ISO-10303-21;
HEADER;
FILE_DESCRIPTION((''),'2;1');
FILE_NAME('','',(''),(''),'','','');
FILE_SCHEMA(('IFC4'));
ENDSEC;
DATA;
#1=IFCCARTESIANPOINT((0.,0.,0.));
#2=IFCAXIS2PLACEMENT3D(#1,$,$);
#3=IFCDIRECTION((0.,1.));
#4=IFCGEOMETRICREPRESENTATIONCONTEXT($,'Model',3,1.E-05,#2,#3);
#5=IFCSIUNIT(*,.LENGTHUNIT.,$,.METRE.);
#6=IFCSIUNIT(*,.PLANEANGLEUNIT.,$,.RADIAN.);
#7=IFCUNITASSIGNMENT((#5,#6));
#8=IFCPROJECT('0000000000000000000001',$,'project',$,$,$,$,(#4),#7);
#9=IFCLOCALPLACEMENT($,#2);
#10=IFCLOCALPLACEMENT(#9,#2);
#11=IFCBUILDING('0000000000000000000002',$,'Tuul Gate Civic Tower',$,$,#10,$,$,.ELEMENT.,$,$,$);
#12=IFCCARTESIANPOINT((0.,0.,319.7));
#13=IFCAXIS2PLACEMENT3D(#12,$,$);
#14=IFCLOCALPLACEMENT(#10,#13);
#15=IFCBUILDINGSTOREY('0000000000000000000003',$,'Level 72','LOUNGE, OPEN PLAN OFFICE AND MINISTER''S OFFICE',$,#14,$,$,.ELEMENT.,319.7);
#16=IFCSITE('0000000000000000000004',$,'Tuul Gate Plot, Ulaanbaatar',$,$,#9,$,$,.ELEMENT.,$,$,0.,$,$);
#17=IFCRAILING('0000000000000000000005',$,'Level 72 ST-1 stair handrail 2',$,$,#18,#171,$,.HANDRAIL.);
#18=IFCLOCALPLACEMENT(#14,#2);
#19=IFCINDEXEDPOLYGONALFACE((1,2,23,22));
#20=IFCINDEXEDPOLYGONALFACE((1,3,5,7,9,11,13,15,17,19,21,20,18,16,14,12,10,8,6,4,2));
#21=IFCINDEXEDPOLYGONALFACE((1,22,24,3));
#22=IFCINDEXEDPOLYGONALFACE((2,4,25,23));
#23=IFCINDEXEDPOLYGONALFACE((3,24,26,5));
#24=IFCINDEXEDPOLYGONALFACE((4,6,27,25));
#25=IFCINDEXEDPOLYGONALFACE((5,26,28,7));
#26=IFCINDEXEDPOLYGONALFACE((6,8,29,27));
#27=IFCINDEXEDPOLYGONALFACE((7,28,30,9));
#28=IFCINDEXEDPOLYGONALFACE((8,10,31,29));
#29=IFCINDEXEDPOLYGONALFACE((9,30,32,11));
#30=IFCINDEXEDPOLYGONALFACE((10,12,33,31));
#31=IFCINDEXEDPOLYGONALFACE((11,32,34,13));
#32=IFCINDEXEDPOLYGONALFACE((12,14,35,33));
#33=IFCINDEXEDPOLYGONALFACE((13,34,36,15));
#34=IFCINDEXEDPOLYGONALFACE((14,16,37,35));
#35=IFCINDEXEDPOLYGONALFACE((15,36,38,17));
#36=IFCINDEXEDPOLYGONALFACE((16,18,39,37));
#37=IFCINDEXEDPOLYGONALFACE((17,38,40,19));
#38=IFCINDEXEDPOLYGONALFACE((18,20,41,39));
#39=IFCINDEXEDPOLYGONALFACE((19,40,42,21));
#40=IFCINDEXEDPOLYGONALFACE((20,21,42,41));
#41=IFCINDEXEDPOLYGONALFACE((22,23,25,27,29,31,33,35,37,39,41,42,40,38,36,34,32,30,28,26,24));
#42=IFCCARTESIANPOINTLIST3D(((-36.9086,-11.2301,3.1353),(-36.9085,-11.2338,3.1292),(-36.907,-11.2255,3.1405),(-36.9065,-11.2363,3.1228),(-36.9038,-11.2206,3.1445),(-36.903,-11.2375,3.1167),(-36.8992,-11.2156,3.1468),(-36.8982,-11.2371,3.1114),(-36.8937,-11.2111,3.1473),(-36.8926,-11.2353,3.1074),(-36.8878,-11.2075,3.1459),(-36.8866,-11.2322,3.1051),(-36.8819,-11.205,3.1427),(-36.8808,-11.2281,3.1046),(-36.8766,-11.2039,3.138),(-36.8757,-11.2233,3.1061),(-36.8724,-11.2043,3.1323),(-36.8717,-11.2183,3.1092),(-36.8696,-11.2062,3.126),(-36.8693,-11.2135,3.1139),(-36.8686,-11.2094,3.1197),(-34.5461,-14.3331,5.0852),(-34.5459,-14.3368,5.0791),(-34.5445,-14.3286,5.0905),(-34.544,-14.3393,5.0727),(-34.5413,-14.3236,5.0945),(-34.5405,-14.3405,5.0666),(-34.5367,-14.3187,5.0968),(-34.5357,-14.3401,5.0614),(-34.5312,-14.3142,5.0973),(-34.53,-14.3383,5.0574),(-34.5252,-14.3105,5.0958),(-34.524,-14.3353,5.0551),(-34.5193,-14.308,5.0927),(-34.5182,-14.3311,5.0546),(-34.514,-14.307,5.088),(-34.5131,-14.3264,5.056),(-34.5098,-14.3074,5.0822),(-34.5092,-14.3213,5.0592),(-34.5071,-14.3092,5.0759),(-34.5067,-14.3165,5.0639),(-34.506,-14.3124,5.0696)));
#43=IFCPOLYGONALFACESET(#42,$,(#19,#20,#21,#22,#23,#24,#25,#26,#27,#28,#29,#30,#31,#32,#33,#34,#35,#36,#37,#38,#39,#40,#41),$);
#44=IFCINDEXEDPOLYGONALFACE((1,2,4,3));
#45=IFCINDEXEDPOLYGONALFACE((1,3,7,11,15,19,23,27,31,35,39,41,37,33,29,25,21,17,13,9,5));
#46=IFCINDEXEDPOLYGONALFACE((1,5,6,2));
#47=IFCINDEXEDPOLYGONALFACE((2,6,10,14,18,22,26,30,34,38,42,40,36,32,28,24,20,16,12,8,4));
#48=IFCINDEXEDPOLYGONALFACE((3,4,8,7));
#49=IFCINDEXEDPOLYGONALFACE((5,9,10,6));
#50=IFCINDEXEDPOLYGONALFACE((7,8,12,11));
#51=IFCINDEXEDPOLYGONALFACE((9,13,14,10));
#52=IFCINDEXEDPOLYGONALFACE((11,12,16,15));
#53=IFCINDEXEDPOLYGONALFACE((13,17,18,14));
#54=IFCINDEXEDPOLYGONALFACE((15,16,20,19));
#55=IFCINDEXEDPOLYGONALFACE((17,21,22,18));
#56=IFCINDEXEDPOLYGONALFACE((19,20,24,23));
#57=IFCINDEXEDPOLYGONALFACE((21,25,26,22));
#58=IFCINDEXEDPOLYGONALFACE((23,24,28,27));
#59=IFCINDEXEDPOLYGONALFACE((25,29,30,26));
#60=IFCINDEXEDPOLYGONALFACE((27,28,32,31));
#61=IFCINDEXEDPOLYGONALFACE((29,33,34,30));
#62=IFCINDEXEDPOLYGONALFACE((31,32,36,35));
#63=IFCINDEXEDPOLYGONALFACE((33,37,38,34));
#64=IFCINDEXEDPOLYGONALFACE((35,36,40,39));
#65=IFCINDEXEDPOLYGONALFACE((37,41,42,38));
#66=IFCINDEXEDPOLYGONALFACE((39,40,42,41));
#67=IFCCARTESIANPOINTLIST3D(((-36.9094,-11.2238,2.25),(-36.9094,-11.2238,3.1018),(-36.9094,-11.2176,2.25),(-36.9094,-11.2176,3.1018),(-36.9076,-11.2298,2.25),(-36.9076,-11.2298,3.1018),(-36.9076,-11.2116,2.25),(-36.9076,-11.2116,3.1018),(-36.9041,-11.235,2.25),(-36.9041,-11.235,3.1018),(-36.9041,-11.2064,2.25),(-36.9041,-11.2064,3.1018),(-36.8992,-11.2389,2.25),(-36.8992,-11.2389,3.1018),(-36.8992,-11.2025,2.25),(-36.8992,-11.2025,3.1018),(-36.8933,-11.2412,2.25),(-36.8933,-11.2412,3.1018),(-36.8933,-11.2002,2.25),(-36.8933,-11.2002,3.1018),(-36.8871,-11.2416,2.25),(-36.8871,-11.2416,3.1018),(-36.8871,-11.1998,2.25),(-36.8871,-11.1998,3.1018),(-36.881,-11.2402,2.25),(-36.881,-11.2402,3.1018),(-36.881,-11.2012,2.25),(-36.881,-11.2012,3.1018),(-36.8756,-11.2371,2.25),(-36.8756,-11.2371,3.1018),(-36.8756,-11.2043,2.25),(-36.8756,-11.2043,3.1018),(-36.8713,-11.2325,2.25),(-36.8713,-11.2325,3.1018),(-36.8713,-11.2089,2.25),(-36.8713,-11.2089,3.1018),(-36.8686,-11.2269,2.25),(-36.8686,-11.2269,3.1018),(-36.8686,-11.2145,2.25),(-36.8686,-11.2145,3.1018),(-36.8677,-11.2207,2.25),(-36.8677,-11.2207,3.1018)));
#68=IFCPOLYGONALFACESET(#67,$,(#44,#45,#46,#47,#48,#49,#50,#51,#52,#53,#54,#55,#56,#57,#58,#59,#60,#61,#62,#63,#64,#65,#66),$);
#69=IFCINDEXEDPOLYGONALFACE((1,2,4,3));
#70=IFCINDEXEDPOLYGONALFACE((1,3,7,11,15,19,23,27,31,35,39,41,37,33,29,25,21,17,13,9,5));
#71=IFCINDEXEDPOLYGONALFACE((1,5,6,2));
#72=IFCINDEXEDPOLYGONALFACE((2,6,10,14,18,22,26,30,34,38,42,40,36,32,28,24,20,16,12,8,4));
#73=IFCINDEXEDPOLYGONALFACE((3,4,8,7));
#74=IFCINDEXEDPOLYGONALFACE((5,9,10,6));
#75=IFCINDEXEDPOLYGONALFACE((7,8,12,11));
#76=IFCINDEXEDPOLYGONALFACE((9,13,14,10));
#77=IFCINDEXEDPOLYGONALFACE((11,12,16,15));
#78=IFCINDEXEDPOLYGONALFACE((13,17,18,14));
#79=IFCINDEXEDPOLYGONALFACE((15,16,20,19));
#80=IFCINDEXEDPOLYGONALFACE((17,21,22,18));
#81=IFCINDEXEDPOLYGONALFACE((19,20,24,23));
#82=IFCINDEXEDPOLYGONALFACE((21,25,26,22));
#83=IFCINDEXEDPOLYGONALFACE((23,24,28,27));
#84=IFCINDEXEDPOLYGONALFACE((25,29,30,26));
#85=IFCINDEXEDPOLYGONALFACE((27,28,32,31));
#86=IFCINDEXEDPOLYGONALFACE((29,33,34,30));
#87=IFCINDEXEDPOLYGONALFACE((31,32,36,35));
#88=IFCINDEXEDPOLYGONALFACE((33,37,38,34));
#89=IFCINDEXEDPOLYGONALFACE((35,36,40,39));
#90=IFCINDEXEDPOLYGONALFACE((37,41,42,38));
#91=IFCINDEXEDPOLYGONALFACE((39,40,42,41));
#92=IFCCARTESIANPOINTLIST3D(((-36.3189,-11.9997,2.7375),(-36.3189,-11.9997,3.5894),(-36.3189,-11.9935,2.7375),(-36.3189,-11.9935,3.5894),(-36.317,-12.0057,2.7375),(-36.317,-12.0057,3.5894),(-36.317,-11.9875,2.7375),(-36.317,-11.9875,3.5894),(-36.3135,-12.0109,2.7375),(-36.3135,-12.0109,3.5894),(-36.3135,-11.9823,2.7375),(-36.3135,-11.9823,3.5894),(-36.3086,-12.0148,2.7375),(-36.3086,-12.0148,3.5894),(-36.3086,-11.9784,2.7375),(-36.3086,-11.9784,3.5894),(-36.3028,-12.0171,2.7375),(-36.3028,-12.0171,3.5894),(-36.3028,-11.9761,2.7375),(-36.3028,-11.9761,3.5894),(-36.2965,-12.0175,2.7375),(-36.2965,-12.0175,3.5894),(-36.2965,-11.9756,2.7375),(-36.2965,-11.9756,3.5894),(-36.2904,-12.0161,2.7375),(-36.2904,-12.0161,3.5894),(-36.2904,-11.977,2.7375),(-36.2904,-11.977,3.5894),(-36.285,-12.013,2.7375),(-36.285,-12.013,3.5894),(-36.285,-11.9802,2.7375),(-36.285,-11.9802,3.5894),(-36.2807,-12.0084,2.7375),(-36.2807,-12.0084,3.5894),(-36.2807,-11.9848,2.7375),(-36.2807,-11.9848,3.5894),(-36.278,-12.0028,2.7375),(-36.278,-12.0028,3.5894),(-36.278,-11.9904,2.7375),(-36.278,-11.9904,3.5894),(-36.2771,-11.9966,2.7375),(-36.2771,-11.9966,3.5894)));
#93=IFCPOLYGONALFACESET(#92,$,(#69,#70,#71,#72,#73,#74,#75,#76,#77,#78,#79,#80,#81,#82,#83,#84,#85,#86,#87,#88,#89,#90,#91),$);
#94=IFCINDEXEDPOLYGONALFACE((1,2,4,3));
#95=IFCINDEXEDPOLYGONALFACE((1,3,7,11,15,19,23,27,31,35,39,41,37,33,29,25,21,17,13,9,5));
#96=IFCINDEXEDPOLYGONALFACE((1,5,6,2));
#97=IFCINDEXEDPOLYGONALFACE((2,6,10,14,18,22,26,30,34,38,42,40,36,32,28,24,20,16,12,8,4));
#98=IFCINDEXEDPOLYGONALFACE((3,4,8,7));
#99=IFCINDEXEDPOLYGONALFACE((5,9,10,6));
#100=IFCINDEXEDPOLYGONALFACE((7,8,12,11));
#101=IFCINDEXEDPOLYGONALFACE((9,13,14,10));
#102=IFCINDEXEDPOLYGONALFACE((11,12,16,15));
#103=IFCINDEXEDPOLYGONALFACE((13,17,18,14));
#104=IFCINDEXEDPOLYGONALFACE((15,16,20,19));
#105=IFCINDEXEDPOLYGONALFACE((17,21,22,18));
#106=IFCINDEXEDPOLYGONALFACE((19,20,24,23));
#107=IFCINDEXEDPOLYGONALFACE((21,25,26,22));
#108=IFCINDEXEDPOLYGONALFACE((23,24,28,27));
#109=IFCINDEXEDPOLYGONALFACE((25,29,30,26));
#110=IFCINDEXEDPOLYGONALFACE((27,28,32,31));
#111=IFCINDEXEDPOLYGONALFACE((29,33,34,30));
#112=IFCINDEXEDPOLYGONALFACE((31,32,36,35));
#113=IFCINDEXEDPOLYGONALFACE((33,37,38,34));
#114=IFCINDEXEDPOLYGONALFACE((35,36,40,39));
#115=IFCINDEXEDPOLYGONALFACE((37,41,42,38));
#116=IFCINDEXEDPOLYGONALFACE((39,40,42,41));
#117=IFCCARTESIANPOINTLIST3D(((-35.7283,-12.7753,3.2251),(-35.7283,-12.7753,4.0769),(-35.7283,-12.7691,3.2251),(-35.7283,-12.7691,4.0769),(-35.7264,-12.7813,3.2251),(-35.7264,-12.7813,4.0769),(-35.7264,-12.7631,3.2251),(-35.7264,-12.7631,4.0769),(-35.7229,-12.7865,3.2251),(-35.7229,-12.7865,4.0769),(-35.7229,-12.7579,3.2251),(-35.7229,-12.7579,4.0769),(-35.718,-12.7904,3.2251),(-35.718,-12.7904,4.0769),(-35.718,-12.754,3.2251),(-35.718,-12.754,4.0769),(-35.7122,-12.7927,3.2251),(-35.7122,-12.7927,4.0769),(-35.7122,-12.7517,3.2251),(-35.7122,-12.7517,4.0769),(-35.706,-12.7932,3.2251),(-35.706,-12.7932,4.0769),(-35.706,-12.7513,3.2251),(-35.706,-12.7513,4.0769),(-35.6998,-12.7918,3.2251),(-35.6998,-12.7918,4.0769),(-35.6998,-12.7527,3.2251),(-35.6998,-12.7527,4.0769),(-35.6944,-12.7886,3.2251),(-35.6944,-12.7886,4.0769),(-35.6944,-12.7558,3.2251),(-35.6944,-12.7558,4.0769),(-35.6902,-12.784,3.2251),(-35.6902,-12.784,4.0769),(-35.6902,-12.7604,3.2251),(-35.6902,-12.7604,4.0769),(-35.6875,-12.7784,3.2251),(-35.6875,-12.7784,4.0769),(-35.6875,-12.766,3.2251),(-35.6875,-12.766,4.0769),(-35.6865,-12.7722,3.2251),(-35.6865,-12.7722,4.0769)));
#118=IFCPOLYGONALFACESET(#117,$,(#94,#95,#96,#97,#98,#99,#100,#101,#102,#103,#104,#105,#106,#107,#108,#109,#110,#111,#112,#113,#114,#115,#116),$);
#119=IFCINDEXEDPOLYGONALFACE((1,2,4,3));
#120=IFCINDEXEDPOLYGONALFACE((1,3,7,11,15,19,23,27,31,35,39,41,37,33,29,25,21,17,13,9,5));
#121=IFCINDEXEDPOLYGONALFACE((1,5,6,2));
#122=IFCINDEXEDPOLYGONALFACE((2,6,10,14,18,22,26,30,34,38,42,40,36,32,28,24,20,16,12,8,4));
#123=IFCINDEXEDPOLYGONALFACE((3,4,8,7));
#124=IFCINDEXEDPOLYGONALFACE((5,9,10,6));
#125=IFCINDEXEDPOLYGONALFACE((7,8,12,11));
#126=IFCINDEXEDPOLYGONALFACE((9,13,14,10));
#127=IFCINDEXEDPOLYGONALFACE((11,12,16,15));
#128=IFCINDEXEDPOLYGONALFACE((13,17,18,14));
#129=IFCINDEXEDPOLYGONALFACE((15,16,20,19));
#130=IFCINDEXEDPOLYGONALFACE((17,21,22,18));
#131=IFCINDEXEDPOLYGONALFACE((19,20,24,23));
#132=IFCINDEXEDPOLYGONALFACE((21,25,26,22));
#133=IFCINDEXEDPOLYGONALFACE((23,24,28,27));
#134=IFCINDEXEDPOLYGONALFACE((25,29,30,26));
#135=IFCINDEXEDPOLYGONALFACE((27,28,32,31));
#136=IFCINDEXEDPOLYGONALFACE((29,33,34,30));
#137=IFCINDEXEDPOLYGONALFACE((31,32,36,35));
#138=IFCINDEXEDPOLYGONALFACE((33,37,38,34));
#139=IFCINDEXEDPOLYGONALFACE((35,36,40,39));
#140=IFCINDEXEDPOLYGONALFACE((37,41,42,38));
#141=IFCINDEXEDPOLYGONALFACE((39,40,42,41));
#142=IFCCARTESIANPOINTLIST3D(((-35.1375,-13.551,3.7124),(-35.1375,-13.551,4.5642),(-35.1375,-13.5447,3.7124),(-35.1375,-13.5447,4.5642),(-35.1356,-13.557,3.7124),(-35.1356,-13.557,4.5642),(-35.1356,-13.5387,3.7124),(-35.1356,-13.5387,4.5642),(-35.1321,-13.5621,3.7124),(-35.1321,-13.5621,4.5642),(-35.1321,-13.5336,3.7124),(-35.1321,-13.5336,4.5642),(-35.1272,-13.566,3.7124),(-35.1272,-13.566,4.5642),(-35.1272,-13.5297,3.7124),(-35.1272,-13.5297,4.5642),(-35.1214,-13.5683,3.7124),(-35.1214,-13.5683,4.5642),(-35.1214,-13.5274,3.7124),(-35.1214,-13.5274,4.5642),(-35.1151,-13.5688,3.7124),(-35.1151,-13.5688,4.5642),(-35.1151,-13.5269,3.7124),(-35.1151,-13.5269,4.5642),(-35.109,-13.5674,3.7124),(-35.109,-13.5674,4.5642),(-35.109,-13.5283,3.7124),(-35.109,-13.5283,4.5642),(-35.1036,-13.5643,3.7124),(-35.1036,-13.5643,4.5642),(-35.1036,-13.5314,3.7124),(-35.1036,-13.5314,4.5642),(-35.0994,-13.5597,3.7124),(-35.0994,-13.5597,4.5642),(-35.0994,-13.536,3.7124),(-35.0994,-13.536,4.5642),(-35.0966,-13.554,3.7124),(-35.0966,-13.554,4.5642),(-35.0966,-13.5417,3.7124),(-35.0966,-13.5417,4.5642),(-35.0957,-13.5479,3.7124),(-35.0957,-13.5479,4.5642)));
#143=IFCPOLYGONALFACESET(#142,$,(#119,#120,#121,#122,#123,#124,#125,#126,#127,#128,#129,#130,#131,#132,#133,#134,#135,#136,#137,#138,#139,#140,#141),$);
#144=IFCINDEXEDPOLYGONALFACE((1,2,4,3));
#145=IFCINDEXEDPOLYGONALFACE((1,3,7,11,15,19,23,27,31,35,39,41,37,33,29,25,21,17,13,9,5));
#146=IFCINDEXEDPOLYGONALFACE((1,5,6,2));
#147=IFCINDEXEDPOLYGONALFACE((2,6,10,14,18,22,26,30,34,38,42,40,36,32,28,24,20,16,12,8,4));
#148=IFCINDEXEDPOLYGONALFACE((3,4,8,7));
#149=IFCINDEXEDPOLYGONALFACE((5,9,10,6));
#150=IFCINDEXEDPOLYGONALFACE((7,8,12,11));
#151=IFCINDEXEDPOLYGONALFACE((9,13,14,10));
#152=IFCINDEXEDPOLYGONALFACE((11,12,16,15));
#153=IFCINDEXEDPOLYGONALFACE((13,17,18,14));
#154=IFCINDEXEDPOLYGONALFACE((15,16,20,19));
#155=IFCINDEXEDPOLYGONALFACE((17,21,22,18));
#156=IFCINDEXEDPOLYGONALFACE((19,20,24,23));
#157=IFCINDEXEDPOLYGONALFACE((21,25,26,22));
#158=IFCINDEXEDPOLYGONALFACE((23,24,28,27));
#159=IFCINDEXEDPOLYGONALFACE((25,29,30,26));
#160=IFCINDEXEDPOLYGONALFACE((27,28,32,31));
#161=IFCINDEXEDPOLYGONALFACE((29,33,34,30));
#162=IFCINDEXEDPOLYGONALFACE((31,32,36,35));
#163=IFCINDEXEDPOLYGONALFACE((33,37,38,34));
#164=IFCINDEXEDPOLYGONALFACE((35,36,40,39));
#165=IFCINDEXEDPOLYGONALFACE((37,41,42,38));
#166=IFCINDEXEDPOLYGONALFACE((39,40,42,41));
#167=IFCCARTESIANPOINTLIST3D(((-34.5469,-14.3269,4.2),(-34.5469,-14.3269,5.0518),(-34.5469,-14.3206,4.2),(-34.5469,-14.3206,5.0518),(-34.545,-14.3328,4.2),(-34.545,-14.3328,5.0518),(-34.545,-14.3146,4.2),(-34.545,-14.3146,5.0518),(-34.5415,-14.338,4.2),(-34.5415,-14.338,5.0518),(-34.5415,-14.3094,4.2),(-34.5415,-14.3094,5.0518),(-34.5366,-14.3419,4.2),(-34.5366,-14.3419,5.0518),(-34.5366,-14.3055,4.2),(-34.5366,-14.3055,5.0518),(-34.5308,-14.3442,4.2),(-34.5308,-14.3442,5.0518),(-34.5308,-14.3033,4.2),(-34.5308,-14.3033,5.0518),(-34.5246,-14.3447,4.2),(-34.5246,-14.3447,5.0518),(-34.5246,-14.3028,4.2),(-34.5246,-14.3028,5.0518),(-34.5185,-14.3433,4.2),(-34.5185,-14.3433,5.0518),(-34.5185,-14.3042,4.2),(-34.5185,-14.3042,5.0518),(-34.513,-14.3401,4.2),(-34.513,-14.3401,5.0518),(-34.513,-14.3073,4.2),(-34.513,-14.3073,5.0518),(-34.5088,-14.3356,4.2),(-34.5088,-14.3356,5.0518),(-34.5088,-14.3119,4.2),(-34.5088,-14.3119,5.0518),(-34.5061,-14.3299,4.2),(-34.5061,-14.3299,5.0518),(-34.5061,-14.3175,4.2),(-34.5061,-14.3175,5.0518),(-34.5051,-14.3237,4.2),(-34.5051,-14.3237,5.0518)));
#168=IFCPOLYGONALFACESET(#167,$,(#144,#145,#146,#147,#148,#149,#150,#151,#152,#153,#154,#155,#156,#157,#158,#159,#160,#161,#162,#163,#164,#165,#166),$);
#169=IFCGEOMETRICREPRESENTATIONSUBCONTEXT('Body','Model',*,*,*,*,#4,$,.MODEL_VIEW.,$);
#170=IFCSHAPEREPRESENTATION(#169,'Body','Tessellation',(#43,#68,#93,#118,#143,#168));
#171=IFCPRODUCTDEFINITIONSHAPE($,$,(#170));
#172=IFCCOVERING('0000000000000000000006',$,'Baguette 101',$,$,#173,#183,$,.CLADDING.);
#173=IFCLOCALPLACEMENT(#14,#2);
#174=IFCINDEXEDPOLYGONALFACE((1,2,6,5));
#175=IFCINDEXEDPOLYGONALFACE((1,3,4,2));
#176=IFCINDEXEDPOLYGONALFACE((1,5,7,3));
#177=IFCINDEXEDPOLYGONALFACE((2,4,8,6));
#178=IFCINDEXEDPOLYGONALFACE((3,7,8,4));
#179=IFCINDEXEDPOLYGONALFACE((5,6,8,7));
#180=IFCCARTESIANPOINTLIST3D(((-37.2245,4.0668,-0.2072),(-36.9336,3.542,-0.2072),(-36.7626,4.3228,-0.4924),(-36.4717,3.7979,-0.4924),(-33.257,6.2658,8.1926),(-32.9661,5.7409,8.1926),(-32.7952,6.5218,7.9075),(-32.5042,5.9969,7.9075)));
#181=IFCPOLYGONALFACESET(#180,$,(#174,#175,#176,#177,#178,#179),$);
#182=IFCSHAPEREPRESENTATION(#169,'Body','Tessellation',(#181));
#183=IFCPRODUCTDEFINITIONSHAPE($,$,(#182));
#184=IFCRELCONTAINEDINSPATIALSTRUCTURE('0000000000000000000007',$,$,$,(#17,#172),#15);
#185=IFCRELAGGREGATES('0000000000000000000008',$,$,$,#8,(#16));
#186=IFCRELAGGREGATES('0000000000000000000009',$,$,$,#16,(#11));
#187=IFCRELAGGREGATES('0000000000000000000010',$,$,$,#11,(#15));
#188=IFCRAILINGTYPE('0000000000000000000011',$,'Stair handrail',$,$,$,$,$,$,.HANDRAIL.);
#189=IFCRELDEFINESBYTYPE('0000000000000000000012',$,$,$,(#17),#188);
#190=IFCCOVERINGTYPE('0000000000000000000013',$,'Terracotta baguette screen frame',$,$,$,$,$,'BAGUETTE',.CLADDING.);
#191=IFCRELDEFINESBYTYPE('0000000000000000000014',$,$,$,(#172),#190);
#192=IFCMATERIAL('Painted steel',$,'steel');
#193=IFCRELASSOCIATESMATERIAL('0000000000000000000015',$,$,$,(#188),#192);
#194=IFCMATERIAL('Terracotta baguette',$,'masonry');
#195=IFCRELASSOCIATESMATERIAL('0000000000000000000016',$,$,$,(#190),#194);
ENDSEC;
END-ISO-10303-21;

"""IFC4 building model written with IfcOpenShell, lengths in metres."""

from ifc_helpers import new_model, si_unit, direction, frame, origin, origin_2d, place, context, subcontext, project, spatial, rectangle, circle, extrude, material, material_profile, profile_set, type_object, element, save


model = new_model("IFC4")

# Units and contexts
model_context = context("Model", 3, precision=1e-05, world=origin(), true_north=direction((0.0, 1.0)))
body_context = subcontext(model_context, "Body", "Model", "MODEL_VIEW")
ifc_project = project(units=[si_unit("LENGTHUNIT", "METRE"), si_unit("PLANEANGLEUNIT", "RADIAN")], contexts=[model_context])

# Site, building, storey
site_placement = place(None, origin())
site = spatial("IfcSite", under=ifc_project, at=site_placement, Name="Tuul Gate Plot, Ulaanbaatar", CompositionType="ELEMENT", RefElevation=0.0)
building_placement = place(site_placement, origin())
building = spatial("IfcBuilding", under=site, at=building_placement, Name="Tuul Gate Civic Tower", CompositionType="ELEMENT")
storey_placement = place(building_placement, frame((0.0, 0.0, 319.7)))
storey = spatial("IfcBuildingStorey", under=building, at=storey_placement, Name="Level 72", Description="LOUNGE, OPEN PLAN OFFICE AND MINISTER'S OFFICE", CompositionType="ELEMENT", Elevation=319.7)

# Railing
ifc_material_1 = material(Name="Painted steel", Category="steel")
railing_type_1 = type_object("IfcRailingType", Name="Stair handrail", PredefinedType="HANDRAIL", material=ifc_material_1)
railing_1_placement = place(storey_placement, frame((-36.8887, -11.2207, 2.25)))
element("IfcRailing", 1, at=railing_1_placement, inside=storey, type_object=railing_type_1, Name="Level 72 ST-1 stair handrail 2", PredefinedType="HANDRAIL", context=body_context, shape_type="SweptSolid", body=[
    extrude(circle(Radius=0.0239, at=origin_2d()), frame((0.0, 0.0, 0.876), z_axis=(0.541824, -0.711645, 0.4472), x_axis=(0.795637, 0.605773, 0.0)), (0.0, 0.0, 1.0), 4.3604),
    extrude(circle(Radius=0.021, at=origin_2d()), origin(), (0.0, 0.0, 1.0), 0.8518),
    extrude(circle(Radius=0.021, at=origin_2d()), frame((0.5906, -0.7759, 0.4875)), (0.0, 0.0, 1.0), 0.8518),
    extrude(circle(Radius=0.021, at=origin_2d()), frame((1.1812, -1.5515, 0.9751)), (0.0, 0.0, 1.0), 0.8518),
    extrude(circle(Radius=0.021, at=origin_2d()), frame((1.772, -2.3271, 1.4624)), (0.0, 0.0, 1.0), 0.8518),
    extrude(circle(Radius=0.021, at=origin_2d()), frame((2.3625, -3.103, 1.95)), (0.0, 0.0, 1.0), 0.8518),
])

# Covering
ifc_material_2 = material(Name="Terracotta baguette", Category="masonry")
ifc_material_profile_1 = material_profile(ifc_material_2, rectangle(XDim=0.6001, YDim=0.6001, at=origin_2d()), Name="Terracotta baguette screen frame")
ifc_profile_set_1 = profile_set([ifc_material_profile_1], Name="Terracotta baguette")
covering_type = type_object("IfcCoveringType", Name="Terracotta baguette screen frame", ElementType="BAGUETTE", PredefinedType="CLADDING", material=ifc_profile_set_1)
covering_placement = place(storey_placement, frame((-32.8806, 6.1313, 8.05), z_axis=(-0.415602, -0.230344, -0.879896), x_axis=(0.484765, -0.874644, 0.0)))
element("IfcCovering", 2, at=covering_placement, inside=storey, type_object=covering_type, Name="Baguette 101", PredefinedType="CLADDING", context=body_context, shape_type="SweptSolid", body=[
    extrude(rectangle(XDim=0.6001, YDim=0.6001, at=origin_2d()), origin(), (0.0, 0.0, 1.0), 9.5464),
])

save(model, "model.ifc")
